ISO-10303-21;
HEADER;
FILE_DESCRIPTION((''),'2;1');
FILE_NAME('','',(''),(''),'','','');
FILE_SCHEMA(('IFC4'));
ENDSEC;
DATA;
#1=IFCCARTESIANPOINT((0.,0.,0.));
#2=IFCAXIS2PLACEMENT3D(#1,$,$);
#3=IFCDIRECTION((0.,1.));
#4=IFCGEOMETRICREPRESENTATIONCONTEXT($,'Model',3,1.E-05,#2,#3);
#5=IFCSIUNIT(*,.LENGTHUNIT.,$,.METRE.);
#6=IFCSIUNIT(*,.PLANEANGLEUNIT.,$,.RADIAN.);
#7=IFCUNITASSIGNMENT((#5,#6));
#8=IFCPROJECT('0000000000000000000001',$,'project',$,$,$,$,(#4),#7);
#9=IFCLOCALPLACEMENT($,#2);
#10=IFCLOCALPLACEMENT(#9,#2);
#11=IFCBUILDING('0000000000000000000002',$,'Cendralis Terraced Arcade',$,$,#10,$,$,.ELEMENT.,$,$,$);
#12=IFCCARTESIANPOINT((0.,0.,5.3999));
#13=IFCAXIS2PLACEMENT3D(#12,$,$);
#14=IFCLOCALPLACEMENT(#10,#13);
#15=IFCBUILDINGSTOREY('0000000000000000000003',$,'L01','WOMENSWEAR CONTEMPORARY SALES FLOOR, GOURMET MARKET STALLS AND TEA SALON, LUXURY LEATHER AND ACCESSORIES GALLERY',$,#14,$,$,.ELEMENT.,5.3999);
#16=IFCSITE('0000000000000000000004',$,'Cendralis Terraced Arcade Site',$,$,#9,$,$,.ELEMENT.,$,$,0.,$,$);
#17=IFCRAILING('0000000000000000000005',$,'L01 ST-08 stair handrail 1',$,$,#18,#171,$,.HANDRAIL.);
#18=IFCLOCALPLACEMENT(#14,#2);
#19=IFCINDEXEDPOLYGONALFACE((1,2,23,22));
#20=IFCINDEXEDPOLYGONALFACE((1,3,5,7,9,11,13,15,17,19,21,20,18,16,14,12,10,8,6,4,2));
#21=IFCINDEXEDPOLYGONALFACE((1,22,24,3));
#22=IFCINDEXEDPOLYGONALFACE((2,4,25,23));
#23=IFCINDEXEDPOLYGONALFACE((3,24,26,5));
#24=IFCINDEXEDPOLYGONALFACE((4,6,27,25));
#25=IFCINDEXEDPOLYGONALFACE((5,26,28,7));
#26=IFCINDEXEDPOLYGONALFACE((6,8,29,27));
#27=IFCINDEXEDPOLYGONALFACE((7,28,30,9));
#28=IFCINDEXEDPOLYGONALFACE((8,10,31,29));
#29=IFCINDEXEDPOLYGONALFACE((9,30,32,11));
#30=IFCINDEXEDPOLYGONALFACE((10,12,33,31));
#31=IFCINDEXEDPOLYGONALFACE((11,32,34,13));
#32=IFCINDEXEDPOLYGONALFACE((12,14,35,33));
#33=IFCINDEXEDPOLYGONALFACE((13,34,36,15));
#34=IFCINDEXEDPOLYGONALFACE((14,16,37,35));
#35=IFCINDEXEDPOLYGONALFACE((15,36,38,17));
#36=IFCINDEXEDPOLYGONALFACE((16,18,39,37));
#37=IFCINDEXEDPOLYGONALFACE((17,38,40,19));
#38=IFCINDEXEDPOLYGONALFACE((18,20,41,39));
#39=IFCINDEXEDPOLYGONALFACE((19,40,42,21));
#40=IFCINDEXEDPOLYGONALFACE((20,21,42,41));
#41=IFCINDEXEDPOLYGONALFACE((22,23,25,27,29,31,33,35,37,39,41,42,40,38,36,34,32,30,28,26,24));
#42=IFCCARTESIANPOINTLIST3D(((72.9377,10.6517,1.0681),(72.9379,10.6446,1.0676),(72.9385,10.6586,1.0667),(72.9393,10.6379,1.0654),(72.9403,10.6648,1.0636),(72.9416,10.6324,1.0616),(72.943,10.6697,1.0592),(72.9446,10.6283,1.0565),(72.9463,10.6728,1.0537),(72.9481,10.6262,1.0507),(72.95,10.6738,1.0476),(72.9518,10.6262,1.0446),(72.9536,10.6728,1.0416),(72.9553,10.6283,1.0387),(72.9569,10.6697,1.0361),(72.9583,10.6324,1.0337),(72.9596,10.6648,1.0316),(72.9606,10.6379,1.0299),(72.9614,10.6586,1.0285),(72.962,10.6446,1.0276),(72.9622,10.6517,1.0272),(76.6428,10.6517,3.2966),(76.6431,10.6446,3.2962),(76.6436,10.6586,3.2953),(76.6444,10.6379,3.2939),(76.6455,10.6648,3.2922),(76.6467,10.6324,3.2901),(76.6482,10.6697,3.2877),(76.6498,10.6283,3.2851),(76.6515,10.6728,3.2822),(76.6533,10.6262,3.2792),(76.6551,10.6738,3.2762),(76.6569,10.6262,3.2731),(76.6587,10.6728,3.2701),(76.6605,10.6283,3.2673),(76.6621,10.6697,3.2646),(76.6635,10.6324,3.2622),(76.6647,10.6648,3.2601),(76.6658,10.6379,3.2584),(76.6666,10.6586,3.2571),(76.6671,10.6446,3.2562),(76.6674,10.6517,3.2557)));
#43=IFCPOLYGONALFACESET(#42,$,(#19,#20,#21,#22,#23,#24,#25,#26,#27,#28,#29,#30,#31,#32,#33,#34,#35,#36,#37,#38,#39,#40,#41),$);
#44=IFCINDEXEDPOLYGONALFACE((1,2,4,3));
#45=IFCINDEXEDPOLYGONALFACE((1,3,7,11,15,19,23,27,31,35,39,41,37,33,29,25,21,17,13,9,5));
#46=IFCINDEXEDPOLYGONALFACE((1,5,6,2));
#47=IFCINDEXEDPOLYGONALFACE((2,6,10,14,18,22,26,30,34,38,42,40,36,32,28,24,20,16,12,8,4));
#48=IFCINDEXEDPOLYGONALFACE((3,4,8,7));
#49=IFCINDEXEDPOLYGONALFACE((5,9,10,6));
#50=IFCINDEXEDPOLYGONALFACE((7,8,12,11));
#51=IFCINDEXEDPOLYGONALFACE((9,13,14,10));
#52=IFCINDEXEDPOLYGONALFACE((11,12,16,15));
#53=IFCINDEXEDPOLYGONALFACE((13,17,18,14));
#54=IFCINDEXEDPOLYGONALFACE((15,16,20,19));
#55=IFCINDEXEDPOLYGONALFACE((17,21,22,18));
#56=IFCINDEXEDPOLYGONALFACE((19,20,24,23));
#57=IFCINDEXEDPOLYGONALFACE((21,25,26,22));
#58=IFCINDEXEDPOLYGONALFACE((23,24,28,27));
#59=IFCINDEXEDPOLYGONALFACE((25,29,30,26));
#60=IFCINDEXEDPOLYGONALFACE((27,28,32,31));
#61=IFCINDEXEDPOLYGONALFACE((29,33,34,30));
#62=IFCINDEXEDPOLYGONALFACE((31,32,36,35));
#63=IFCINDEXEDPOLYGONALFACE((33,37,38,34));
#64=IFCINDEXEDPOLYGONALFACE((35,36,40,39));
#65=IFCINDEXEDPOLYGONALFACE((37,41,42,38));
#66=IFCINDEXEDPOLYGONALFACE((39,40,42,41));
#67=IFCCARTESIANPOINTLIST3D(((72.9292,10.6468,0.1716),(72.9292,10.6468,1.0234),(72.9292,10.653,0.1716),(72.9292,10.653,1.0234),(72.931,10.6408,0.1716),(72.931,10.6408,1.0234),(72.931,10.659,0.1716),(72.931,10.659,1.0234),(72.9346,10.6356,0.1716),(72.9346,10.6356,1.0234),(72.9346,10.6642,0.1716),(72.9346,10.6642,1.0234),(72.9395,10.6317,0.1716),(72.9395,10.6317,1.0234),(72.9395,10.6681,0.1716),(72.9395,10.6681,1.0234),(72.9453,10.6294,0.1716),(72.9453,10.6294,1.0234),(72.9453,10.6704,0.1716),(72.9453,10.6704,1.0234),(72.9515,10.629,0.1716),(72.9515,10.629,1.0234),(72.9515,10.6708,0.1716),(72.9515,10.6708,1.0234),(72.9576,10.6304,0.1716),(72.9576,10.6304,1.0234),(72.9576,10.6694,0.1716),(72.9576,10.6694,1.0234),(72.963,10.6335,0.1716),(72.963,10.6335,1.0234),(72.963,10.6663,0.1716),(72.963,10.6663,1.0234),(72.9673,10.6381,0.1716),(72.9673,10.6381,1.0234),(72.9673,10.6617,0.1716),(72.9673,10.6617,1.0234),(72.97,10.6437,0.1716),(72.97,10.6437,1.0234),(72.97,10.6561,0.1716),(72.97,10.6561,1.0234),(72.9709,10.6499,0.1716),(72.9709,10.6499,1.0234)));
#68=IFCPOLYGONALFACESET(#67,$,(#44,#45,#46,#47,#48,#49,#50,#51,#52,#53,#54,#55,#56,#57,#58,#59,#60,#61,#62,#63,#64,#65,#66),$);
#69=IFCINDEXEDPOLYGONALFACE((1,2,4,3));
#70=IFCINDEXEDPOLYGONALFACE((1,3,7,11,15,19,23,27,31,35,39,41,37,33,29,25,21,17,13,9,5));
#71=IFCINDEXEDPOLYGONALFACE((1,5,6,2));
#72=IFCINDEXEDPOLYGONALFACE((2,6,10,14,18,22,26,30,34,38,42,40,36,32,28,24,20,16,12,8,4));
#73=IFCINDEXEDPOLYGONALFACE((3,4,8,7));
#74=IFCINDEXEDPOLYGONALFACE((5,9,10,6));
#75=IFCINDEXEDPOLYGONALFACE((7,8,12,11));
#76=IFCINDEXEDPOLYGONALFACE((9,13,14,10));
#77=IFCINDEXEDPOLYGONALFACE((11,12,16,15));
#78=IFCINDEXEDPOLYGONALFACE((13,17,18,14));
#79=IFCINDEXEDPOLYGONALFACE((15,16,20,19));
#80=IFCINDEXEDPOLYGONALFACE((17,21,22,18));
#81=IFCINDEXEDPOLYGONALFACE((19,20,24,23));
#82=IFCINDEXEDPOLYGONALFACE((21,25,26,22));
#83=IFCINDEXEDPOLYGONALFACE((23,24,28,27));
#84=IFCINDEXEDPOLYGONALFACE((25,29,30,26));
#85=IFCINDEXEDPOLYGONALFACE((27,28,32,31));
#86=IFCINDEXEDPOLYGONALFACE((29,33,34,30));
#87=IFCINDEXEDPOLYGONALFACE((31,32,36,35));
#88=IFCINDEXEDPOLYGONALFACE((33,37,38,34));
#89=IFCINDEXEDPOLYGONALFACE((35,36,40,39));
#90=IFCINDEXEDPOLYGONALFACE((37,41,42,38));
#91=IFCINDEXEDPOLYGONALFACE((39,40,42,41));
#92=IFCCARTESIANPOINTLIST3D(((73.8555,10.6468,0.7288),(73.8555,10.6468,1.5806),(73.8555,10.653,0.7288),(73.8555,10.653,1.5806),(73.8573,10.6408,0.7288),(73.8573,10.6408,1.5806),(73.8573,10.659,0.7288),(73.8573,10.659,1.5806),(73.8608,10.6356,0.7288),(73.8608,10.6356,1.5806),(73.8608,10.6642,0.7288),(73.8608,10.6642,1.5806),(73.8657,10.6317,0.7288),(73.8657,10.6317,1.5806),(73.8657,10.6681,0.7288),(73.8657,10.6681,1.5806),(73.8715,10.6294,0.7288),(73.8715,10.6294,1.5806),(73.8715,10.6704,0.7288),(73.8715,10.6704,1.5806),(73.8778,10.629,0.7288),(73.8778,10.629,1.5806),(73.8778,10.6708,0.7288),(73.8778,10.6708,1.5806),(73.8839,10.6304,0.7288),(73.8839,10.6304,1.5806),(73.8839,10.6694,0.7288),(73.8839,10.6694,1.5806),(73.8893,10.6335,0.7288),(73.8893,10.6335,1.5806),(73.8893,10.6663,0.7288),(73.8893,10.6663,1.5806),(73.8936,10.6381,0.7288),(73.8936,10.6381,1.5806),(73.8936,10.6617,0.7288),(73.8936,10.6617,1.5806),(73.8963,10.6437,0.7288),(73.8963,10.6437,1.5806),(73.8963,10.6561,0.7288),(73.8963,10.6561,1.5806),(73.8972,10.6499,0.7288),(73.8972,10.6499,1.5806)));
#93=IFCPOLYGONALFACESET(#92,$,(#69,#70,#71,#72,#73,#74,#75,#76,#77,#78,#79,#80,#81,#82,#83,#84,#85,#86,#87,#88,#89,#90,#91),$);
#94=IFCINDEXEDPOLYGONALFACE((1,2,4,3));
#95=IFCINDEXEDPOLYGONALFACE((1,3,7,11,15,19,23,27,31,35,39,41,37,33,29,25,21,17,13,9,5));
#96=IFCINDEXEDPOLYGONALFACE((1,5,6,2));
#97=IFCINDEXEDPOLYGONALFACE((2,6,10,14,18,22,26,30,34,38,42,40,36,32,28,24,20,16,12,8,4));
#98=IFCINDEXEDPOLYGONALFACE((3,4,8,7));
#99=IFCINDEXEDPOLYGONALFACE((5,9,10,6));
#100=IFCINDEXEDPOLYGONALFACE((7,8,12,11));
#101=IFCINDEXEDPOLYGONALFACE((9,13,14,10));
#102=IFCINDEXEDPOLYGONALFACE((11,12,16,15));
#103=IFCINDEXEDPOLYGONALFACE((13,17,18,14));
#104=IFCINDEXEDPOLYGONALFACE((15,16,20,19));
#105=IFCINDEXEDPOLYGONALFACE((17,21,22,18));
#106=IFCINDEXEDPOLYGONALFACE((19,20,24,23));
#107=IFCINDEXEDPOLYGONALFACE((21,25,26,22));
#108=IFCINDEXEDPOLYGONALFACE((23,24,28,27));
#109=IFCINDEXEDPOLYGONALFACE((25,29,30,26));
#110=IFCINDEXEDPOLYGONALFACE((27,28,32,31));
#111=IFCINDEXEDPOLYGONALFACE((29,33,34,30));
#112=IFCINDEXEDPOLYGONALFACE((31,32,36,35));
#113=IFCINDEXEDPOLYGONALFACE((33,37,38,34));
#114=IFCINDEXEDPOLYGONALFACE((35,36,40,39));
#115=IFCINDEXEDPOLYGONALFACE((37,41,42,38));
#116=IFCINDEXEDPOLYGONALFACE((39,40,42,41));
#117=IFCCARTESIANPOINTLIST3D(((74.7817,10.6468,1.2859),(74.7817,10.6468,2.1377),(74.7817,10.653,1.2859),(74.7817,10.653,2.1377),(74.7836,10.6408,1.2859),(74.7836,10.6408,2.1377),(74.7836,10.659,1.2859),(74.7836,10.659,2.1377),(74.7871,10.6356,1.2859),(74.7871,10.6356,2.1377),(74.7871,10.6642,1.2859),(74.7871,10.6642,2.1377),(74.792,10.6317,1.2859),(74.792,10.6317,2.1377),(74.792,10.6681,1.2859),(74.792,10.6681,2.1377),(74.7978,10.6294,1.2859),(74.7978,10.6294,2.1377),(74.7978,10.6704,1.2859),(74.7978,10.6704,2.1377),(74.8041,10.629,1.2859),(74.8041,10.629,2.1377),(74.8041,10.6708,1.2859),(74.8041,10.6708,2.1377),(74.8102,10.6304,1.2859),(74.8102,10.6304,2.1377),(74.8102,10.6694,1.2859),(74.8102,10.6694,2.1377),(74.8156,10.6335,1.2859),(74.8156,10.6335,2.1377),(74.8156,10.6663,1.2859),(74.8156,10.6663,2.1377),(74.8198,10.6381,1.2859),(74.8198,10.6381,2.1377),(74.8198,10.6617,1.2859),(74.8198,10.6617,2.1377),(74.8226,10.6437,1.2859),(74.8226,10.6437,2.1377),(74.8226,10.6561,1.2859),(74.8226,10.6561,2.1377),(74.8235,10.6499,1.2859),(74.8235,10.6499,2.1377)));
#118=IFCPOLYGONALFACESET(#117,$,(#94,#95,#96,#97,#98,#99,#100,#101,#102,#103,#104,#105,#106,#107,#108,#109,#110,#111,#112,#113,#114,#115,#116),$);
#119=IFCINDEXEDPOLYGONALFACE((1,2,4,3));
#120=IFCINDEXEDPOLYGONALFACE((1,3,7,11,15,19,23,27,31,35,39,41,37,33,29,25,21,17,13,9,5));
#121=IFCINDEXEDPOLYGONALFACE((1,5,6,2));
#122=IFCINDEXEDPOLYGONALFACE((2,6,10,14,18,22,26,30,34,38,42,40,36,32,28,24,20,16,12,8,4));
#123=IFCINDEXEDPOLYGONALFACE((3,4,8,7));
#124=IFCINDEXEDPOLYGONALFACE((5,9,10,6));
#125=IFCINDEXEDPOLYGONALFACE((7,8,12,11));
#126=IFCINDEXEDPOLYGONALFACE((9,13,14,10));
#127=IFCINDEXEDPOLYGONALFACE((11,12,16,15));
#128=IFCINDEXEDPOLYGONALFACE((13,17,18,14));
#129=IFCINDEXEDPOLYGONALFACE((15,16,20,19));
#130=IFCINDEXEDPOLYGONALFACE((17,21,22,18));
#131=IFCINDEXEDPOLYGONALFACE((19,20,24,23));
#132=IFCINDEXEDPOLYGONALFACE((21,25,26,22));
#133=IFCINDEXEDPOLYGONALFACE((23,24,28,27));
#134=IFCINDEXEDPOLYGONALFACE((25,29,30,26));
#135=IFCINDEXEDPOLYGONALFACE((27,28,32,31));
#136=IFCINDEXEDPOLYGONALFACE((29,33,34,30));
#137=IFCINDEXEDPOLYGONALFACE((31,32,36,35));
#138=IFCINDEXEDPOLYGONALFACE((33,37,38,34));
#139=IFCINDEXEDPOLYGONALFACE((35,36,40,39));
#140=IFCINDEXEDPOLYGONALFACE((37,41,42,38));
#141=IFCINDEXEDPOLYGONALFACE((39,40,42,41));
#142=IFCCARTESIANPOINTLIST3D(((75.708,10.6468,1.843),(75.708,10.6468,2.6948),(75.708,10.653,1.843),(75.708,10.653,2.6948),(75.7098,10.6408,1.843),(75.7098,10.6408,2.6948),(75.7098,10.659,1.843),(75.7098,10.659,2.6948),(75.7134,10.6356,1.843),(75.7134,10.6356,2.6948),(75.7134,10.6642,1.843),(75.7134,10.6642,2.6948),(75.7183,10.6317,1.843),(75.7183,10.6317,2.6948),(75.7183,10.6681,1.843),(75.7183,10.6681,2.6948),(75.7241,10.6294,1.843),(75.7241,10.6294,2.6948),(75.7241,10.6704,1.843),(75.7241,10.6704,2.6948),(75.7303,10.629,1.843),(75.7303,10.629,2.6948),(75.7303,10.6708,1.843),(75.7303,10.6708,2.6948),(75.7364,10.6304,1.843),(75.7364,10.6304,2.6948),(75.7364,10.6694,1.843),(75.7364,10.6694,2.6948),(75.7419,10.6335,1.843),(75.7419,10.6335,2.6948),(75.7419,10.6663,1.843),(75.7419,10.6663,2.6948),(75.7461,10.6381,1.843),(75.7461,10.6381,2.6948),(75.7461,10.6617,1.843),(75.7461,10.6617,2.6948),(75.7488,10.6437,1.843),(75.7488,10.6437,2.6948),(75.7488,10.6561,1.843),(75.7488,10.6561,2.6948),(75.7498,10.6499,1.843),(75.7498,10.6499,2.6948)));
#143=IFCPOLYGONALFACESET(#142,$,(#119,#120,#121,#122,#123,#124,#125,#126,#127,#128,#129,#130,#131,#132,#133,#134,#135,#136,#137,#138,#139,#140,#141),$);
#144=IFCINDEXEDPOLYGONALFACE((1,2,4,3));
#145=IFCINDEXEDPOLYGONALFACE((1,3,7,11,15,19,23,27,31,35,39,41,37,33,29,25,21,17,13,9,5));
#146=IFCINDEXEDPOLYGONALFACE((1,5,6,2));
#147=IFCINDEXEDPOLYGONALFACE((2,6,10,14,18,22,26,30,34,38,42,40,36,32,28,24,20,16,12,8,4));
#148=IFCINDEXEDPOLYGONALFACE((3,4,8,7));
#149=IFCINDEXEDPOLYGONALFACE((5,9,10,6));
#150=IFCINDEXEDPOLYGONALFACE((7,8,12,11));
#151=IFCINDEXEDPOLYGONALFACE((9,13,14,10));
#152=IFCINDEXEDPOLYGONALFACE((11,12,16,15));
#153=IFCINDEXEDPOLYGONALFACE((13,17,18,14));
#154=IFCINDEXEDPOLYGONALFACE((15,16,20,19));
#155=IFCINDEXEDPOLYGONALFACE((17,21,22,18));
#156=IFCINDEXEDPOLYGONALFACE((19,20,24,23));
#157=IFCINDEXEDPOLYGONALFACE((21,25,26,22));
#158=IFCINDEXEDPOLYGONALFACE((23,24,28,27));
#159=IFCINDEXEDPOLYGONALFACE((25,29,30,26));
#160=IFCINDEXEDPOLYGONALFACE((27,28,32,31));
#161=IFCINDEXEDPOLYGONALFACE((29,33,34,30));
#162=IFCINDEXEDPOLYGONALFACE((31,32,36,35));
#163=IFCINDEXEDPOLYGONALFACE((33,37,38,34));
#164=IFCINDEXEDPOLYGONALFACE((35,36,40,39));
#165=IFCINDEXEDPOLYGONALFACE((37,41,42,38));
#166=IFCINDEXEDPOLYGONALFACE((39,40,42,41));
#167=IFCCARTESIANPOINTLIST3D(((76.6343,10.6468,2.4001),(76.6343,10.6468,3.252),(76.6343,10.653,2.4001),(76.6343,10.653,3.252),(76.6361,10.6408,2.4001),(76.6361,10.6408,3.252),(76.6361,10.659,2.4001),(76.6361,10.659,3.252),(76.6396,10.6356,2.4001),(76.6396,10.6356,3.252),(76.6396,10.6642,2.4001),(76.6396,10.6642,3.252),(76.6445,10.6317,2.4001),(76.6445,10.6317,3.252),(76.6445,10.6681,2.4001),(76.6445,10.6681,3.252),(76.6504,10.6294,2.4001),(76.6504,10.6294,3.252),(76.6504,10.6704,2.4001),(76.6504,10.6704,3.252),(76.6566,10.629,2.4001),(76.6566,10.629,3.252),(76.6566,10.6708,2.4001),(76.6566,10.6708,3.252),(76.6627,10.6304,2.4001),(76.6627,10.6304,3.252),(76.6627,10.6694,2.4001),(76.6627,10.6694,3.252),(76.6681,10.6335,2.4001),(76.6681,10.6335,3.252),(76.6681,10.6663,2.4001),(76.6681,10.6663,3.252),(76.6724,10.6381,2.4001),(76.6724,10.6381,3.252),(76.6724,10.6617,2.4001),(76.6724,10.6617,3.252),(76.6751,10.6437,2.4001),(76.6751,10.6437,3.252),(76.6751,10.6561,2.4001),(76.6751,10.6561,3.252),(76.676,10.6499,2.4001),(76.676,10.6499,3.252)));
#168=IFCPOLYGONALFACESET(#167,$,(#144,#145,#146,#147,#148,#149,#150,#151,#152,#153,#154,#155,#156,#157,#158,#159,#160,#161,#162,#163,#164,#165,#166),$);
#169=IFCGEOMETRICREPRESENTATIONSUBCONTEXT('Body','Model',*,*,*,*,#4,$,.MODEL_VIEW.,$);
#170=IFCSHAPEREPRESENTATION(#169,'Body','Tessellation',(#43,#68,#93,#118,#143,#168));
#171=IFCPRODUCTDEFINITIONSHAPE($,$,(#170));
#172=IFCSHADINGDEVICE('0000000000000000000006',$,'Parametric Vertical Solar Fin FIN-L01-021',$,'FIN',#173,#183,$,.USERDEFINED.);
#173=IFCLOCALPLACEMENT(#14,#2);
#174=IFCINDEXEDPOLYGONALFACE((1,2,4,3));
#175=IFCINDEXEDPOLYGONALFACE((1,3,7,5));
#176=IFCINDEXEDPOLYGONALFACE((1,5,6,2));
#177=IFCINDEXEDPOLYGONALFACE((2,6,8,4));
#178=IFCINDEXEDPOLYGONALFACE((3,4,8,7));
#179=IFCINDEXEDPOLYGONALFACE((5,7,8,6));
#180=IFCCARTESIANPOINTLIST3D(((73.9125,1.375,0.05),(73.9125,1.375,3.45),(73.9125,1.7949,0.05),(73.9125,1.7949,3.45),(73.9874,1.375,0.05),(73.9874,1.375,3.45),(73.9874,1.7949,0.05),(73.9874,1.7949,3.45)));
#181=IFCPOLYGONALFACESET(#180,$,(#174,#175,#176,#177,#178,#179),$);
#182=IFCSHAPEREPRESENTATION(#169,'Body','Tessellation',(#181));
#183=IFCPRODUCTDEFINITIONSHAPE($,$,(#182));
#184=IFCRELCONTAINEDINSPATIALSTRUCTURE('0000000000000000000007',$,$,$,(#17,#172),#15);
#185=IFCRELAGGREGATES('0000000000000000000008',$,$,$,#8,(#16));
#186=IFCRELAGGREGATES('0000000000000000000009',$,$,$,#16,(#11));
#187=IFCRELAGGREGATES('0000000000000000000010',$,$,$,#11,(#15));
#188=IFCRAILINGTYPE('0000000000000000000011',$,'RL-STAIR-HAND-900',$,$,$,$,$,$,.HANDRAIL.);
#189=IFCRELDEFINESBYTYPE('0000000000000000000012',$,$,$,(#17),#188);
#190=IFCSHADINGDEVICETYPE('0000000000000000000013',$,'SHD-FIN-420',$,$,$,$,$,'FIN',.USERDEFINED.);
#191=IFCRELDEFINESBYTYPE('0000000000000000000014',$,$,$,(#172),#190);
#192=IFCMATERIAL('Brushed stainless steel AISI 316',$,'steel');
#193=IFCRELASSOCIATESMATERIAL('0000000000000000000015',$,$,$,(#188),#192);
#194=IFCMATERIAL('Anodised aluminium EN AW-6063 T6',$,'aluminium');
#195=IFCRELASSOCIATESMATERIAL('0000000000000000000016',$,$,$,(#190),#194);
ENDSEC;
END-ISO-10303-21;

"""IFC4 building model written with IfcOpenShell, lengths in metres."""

from ifc_helpers import new_model, si_unit, direction, frame, origin, origin_2d, place, context, subcontext, project, spatial, rectangle, circle, extrude, material, type_object, element, save


model = new_model("IFC4")

# Units and contexts
model_context = context("Model", 3, precision=1e-05, world=origin(), true_north=direction((0.0, 1.0)))
body_context = subcontext(model_context, "Body", "Model", "MODEL_VIEW")
ifc_project = project(units=[si_unit("LENGTHUNIT", "METRE"), si_unit("PLANEANGLEUNIT", "RADIAN")], contexts=[model_context])

# Site, building, storey
site_placement = place(None, origin())
site = spatial("IfcSite", under=ifc_project, at=site_placement, Name="Cendralis Terraced Arcade Site", CompositionType="ELEMENT", RefElevation=0.0)
building_placement = place(site_placement, origin())
building = spatial("IfcBuilding", under=site, at=building_placement, Name="Cendralis Terraced Arcade", CompositionType="ELEMENT")
storey_placement = place(building_placement, frame((0.0, 0.0, 5.3999)))
storey = spatial("IfcBuildingStorey", under=building, at=storey_placement, Name="L01", Description="WOMENSWEAR CONTEMPORARY SALES FLOOR, GOURMET MARKET STALLS AND TEA SALON, LUXURY LEATHER AND ACCESSORIES GALLERY", CompositionType="ELEMENT", Elevation=5.3999)

# Shared definitions
ifc_material_1 = material(Name="Anodised aluminium EN AW-6063 T6", Category="aluminium")

# Railing
ifc_material_2 = material(Name="Brushed stainless steel AISI 316", Category="steel")
railing_type_1 = type_object("IfcRailingType", Name="RL-STAIR-HAND-900", PredefinedType="HANDRAIL", material=ifc_material_2)
railing_1_placement = place(storey_placement, frame((72.95, 10.6499, 0.1716)))
element("IfcRailing", 1, at=railing_1_placement, inside=storey, type_object=railing_type_1, Name="L01 ST-08 stair handrail 1", PredefinedType="HANDRAIL", context=body_context, shape_type="SweptSolid", body=[
    extrude(circle(Radius=0.0239, at=origin_2d()), frame((0.0, 0.0, 0.876), z_axis=(0.856934, 0.0, 0.515425), x_axis=(0.0, 1.0, 0.0)), (0.0, 0.0, 1.0), 4.3237),
    extrude(circle(Radius=0.021, at=origin_2d()), origin(), (0.0, 0.0, 1.0), 0.8518),
    extrude(circle(Radius=0.021, at=origin_2d()), frame((0.9263, 0.0, 0.5571)), (0.0, 0.0, 1.0), 0.8518),
    extrude(circle(Radius=0.021, at=origin_2d()), frame((1.8525, 0.0, 1.1143)), (0.0, 0.0, 1.0), 0.8518),
    extrude(circle(Radius=0.021, at=origin_2d()), frame((2.7788, 0.0, 1.6714)), (0.0, 0.0, 1.0), 0.8518),
    extrude(circle(Radius=0.021, at=origin_2d()), frame((3.7051, 0.0, 2.2285)), (0.0, 0.0, 1.0), 0.8518),
])

# Shading device
shading_device_type = type_object("IfcShadingDeviceType", Name="SHD-FIN-420", ElementType="FIN", PredefinedType="USERDEFINED", material=ifc_material_1)
shading_device_placement = place(storey_placement, frame((73.95, 1.585, 0.05), z_axis=(0.0, 0.0, 1.0), x_axis=(-1.0, 0.0, 0.0)))
element("IfcShadingDevice", 2, at=shading_device_placement, inside=storey, type_object=shading_device_type, Name="Parametric Vertical Solar Fin FIN-L01-021", ObjectType="FIN", PredefinedType="USERDEFINED", context=body_context, shape_type="SweptSolid", body=[
    extrude(rectangle(XDim=0.075, YDim=0.4199, at=origin_2d()), origin(), (0.0, 0.0, 1.0), 3.3999),
])

save(model, "model.ifc")
